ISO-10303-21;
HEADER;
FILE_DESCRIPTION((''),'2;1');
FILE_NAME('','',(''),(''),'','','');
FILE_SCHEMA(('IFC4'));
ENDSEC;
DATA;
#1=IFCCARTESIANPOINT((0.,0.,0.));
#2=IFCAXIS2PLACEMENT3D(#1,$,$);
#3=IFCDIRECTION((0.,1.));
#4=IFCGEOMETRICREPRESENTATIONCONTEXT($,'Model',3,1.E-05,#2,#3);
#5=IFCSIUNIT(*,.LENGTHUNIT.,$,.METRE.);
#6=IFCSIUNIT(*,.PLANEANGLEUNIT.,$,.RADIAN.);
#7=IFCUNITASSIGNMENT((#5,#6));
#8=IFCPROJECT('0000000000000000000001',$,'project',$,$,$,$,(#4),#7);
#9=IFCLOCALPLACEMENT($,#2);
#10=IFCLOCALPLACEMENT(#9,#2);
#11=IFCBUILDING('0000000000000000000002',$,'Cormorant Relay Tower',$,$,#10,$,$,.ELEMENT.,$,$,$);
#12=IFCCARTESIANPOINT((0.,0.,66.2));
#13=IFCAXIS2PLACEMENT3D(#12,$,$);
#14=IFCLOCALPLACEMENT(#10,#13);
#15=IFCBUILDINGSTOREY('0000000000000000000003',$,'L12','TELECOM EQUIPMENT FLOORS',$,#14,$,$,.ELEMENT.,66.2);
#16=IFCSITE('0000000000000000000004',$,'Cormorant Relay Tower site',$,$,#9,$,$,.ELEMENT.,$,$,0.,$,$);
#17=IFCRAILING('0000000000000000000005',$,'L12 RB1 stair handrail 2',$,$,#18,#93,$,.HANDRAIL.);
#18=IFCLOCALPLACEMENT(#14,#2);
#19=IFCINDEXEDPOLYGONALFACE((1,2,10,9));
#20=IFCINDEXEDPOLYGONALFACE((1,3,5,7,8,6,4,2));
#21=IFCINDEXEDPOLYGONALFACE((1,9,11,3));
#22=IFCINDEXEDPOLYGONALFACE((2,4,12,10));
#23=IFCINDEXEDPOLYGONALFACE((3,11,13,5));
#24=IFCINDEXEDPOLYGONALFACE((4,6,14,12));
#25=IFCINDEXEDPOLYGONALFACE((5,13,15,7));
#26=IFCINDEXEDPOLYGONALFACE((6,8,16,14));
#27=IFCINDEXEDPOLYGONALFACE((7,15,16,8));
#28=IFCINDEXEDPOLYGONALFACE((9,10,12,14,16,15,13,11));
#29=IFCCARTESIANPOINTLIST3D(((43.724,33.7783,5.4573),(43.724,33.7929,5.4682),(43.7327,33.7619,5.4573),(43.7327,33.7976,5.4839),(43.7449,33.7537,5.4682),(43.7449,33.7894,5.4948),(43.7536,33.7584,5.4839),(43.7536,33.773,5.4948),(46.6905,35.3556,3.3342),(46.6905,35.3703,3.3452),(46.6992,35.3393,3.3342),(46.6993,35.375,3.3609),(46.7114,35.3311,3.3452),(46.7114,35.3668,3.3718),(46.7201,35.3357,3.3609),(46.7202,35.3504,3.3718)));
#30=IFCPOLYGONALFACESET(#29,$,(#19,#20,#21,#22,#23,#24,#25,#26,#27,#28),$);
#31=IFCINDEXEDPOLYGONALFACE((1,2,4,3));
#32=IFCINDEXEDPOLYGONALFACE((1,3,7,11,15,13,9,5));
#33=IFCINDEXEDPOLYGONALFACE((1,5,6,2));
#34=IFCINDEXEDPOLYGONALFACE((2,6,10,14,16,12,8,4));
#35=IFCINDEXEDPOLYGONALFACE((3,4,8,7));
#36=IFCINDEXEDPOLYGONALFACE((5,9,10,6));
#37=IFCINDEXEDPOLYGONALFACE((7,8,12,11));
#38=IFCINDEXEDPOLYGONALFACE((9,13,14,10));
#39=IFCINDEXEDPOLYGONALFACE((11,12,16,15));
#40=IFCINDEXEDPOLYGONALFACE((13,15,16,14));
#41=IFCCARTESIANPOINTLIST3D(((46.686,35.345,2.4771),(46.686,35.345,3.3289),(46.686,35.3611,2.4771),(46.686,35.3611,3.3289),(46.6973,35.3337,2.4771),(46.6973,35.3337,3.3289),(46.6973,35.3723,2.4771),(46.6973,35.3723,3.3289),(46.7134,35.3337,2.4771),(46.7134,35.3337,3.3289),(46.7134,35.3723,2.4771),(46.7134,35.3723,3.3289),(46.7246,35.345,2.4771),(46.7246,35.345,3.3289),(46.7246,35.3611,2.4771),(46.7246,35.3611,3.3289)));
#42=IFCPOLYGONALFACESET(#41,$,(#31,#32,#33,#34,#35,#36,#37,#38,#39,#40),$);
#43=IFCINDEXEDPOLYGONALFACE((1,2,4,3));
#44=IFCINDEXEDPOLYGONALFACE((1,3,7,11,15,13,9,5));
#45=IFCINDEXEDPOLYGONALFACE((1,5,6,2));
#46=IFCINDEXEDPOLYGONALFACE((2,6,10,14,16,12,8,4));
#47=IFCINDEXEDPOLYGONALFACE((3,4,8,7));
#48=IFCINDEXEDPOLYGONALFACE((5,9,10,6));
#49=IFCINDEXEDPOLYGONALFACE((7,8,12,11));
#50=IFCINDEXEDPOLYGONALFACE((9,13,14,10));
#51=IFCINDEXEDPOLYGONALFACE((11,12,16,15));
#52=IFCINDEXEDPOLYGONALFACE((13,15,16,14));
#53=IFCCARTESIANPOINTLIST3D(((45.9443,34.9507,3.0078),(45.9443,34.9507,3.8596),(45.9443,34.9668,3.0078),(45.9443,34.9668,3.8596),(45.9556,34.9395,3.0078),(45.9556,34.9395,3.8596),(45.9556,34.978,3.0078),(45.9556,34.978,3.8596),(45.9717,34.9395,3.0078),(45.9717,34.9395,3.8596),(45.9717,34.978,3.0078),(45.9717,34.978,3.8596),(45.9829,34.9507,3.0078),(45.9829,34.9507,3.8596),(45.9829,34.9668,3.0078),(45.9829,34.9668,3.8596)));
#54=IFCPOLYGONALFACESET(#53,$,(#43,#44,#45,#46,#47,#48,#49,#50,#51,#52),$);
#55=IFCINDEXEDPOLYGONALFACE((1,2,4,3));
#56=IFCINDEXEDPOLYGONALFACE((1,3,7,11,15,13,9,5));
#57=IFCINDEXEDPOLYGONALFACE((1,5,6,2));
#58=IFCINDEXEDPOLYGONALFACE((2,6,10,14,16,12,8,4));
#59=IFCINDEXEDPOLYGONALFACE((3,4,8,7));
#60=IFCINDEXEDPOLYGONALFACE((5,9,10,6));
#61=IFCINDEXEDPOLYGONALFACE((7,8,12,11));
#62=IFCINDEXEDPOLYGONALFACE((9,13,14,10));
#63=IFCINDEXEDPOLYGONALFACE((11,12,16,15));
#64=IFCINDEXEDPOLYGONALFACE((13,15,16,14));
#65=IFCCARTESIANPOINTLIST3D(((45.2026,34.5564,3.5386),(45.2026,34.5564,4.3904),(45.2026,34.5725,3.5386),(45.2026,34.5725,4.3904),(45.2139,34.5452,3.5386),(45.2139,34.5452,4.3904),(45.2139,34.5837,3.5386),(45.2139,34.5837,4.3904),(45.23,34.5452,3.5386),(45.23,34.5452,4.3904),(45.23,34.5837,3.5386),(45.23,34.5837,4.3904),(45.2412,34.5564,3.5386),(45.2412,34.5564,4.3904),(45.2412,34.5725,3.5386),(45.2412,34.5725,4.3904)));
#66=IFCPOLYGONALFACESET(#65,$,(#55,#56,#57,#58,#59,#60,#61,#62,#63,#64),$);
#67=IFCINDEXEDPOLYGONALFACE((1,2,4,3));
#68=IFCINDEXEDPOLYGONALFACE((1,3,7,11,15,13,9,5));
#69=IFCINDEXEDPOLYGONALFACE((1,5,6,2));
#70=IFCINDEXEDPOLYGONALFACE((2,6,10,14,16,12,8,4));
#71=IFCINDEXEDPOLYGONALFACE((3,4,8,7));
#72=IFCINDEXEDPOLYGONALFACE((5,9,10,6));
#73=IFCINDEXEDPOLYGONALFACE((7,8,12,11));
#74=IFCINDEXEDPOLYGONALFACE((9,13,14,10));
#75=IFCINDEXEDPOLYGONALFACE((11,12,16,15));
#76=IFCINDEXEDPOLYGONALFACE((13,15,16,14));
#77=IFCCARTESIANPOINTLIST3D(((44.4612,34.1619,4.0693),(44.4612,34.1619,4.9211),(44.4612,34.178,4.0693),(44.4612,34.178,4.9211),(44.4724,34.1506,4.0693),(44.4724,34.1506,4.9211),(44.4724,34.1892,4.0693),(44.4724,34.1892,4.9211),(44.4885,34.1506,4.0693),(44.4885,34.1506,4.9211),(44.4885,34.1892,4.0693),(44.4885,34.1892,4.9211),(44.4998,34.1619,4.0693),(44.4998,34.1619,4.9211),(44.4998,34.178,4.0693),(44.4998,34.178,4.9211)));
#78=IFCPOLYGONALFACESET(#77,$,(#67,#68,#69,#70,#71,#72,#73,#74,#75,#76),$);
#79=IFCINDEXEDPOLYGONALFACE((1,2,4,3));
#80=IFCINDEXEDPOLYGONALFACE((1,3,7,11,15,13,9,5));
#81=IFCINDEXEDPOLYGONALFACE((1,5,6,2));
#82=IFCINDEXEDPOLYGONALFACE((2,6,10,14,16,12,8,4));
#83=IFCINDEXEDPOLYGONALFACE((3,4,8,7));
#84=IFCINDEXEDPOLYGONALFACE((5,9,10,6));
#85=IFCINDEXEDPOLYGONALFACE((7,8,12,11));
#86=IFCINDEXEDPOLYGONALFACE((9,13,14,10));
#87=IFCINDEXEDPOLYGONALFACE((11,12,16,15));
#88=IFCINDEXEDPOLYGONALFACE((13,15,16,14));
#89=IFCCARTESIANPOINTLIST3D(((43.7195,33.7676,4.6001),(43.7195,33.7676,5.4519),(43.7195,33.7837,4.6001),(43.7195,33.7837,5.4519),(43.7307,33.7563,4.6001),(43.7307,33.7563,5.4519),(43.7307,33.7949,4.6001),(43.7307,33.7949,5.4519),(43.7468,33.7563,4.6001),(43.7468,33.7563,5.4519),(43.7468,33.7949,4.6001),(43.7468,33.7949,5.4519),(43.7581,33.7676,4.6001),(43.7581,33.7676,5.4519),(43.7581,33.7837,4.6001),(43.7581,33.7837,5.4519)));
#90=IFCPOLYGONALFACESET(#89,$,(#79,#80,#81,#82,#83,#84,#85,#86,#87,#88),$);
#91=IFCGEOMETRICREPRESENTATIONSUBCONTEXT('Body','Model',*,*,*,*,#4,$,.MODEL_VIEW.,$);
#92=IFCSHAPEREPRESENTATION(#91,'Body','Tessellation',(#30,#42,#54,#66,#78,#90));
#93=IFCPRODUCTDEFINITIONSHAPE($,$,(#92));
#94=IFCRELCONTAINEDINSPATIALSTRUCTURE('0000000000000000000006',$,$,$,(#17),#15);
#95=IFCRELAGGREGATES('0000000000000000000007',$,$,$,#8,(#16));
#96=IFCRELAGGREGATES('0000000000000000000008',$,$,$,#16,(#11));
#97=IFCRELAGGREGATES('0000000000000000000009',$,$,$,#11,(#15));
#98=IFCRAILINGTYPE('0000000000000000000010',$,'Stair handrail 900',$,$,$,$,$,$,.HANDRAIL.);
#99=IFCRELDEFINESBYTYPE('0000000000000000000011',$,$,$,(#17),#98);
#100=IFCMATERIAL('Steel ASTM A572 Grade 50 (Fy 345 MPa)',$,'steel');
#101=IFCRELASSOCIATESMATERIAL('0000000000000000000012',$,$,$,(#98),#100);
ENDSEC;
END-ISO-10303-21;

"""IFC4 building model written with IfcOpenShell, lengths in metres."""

from ifc_helpers import new_model, si_unit, direction, frame, origin, place, context, subcontext, project, spatial, polyline, outline, extrude, material, type_object, element, save


model = new_model("IFC4")

# Units and contexts
model_context = context("Model", 3, precision=1e-05, world=origin(), true_north=direction((0.0, 1.0)))
body_context = subcontext(model_context, "Body", "Model", "MODEL_VIEW")
ifc_project = project(units=[si_unit("LENGTHUNIT", "METRE"), si_unit("PLANEANGLEUNIT", "RADIAN")], contexts=[model_context])

# Site, building, storey
site_placement = place(None, origin())
site = spatial("IfcSite", under=ifc_project, at=site_placement, Name="Cormorant Relay Tower site", CompositionType="ELEMENT", RefElevation=0.0)
building_placement = place(site_placement, origin())
building = spatial("IfcBuilding", under=site, at=building_placement, Name="Cormorant Relay Tower", CompositionType="ELEMENT")
storey_placement = place(building_placement, frame((0.0, 0.0, 66.2)))
storey = spatial("IfcBuildingStorey", under=building, at=storey_placement, Name="L12", Description="TELECOM EQUIPMENT FLOORS", CompositionType="ELEMENT", Elevation=66.2)

# Railing
ifc_material_1 = material(Name="Steel ASTM A572 Grade 50 (Fy 345 MPa)", Category="steel")
railing_type_1 = type_object("IfcRailingType", Name="Stair handrail 900", PredefinedType="HANDRAIL", material=ifc_material_1)
railing_1_placement = place(storey_placement, frame((46.7053, 35.353, 2.4771)))
element("IfcRailing", 1, at=railing_1_placement, inside=storey, type_object=railing_type_1, Name="L12 RB1 stair handrail 2", PredefinedType="HANDRAIL", context=body_context, shape_type="SweptSolid", body=[
    extrude(outline(polyline([(0.0222, 0.0093), (0.0093, 0.0222), (-0.0093, 0.0222), (-0.0222, 0.0093), (-0.0222, -0.0093), (-0.0093, -0.0222), (0.0093, -0.0222), (0.0222, -0.0093), (0.0222, 0.0093)])), frame((0.0, 0.0, 0.876), z_axis=(-0.746413, -0.396887, 0.534179), x_axis=(0.469483, -0.882942, 0.0)), (0.0, 0.0, 1.0), 3.9744),
    extrude(outline(polyline([(0.0193, 0.0081), (0.0081, 0.0193), (-0.0081, 0.0193), (-0.0193, 0.0081), (-0.0193, -0.0081), (-0.0081, -0.0193), (0.0081, -0.0193), (0.0193, -0.0081), (0.0193, 0.0081)])), origin(), (0.0, 0.0, 1.0), 0.8518),
    extrude(outline(polyline([(0.0193, 0.0081), (0.0081, 0.0193), (-0.0081, 0.0193), (-0.0193, 0.0081), (-0.0193, -0.0081), (-0.0081, -0.0193), (0.0081, -0.0193), (0.0193, -0.0081), (0.0193, 0.0081)])), frame((-0.7417, -0.3943, 0.5308)), (0.0, 0.0, 1.0), 0.8518),
    extrude(outline(polyline([(0.0193, 0.0081), (0.0081, 0.0193), (-0.0081, 0.0193), (-0.0193, 0.0081), (-0.0193, -0.0081), (-0.0081, -0.0193), (0.0081, -0.0193), (0.0193, -0.0081), (0.0193, 0.0081)])), frame((-1.4834, -0.7886, 1.0615)), (0.0, 0.0, 1.0), 0.8518),
    extrude(outline(polyline([(0.0193, 0.0081), (0.0081, 0.0193), (-0.0081, 0.0193), (-0.0193, 0.0081), (-0.0193, -0.0081), (-0.0081, -0.0193), (0.0081, -0.0193), (0.0193, -0.0081), (0.0193, 0.0081)])), frame((-2.2249, -1.1831, 1.5923)), (0.0, 0.0, 1.0), 0.8518),
    extrude(outline(polyline([(0.0193, 0.0081), (0.0081, 0.0193), (-0.0081, 0.0193), (-0.0193, 0.0081), (-0.0193, -0.0081), (-0.0081, -0.0193), (0.0081, -0.0193), (0.0193, -0.0081), (0.0193, 0.0081)])), frame((-2.9666, -1.5774, 2.123)), (0.0, 0.0, 1.0), 0.8518),
])

save(model, "model.ifc")
